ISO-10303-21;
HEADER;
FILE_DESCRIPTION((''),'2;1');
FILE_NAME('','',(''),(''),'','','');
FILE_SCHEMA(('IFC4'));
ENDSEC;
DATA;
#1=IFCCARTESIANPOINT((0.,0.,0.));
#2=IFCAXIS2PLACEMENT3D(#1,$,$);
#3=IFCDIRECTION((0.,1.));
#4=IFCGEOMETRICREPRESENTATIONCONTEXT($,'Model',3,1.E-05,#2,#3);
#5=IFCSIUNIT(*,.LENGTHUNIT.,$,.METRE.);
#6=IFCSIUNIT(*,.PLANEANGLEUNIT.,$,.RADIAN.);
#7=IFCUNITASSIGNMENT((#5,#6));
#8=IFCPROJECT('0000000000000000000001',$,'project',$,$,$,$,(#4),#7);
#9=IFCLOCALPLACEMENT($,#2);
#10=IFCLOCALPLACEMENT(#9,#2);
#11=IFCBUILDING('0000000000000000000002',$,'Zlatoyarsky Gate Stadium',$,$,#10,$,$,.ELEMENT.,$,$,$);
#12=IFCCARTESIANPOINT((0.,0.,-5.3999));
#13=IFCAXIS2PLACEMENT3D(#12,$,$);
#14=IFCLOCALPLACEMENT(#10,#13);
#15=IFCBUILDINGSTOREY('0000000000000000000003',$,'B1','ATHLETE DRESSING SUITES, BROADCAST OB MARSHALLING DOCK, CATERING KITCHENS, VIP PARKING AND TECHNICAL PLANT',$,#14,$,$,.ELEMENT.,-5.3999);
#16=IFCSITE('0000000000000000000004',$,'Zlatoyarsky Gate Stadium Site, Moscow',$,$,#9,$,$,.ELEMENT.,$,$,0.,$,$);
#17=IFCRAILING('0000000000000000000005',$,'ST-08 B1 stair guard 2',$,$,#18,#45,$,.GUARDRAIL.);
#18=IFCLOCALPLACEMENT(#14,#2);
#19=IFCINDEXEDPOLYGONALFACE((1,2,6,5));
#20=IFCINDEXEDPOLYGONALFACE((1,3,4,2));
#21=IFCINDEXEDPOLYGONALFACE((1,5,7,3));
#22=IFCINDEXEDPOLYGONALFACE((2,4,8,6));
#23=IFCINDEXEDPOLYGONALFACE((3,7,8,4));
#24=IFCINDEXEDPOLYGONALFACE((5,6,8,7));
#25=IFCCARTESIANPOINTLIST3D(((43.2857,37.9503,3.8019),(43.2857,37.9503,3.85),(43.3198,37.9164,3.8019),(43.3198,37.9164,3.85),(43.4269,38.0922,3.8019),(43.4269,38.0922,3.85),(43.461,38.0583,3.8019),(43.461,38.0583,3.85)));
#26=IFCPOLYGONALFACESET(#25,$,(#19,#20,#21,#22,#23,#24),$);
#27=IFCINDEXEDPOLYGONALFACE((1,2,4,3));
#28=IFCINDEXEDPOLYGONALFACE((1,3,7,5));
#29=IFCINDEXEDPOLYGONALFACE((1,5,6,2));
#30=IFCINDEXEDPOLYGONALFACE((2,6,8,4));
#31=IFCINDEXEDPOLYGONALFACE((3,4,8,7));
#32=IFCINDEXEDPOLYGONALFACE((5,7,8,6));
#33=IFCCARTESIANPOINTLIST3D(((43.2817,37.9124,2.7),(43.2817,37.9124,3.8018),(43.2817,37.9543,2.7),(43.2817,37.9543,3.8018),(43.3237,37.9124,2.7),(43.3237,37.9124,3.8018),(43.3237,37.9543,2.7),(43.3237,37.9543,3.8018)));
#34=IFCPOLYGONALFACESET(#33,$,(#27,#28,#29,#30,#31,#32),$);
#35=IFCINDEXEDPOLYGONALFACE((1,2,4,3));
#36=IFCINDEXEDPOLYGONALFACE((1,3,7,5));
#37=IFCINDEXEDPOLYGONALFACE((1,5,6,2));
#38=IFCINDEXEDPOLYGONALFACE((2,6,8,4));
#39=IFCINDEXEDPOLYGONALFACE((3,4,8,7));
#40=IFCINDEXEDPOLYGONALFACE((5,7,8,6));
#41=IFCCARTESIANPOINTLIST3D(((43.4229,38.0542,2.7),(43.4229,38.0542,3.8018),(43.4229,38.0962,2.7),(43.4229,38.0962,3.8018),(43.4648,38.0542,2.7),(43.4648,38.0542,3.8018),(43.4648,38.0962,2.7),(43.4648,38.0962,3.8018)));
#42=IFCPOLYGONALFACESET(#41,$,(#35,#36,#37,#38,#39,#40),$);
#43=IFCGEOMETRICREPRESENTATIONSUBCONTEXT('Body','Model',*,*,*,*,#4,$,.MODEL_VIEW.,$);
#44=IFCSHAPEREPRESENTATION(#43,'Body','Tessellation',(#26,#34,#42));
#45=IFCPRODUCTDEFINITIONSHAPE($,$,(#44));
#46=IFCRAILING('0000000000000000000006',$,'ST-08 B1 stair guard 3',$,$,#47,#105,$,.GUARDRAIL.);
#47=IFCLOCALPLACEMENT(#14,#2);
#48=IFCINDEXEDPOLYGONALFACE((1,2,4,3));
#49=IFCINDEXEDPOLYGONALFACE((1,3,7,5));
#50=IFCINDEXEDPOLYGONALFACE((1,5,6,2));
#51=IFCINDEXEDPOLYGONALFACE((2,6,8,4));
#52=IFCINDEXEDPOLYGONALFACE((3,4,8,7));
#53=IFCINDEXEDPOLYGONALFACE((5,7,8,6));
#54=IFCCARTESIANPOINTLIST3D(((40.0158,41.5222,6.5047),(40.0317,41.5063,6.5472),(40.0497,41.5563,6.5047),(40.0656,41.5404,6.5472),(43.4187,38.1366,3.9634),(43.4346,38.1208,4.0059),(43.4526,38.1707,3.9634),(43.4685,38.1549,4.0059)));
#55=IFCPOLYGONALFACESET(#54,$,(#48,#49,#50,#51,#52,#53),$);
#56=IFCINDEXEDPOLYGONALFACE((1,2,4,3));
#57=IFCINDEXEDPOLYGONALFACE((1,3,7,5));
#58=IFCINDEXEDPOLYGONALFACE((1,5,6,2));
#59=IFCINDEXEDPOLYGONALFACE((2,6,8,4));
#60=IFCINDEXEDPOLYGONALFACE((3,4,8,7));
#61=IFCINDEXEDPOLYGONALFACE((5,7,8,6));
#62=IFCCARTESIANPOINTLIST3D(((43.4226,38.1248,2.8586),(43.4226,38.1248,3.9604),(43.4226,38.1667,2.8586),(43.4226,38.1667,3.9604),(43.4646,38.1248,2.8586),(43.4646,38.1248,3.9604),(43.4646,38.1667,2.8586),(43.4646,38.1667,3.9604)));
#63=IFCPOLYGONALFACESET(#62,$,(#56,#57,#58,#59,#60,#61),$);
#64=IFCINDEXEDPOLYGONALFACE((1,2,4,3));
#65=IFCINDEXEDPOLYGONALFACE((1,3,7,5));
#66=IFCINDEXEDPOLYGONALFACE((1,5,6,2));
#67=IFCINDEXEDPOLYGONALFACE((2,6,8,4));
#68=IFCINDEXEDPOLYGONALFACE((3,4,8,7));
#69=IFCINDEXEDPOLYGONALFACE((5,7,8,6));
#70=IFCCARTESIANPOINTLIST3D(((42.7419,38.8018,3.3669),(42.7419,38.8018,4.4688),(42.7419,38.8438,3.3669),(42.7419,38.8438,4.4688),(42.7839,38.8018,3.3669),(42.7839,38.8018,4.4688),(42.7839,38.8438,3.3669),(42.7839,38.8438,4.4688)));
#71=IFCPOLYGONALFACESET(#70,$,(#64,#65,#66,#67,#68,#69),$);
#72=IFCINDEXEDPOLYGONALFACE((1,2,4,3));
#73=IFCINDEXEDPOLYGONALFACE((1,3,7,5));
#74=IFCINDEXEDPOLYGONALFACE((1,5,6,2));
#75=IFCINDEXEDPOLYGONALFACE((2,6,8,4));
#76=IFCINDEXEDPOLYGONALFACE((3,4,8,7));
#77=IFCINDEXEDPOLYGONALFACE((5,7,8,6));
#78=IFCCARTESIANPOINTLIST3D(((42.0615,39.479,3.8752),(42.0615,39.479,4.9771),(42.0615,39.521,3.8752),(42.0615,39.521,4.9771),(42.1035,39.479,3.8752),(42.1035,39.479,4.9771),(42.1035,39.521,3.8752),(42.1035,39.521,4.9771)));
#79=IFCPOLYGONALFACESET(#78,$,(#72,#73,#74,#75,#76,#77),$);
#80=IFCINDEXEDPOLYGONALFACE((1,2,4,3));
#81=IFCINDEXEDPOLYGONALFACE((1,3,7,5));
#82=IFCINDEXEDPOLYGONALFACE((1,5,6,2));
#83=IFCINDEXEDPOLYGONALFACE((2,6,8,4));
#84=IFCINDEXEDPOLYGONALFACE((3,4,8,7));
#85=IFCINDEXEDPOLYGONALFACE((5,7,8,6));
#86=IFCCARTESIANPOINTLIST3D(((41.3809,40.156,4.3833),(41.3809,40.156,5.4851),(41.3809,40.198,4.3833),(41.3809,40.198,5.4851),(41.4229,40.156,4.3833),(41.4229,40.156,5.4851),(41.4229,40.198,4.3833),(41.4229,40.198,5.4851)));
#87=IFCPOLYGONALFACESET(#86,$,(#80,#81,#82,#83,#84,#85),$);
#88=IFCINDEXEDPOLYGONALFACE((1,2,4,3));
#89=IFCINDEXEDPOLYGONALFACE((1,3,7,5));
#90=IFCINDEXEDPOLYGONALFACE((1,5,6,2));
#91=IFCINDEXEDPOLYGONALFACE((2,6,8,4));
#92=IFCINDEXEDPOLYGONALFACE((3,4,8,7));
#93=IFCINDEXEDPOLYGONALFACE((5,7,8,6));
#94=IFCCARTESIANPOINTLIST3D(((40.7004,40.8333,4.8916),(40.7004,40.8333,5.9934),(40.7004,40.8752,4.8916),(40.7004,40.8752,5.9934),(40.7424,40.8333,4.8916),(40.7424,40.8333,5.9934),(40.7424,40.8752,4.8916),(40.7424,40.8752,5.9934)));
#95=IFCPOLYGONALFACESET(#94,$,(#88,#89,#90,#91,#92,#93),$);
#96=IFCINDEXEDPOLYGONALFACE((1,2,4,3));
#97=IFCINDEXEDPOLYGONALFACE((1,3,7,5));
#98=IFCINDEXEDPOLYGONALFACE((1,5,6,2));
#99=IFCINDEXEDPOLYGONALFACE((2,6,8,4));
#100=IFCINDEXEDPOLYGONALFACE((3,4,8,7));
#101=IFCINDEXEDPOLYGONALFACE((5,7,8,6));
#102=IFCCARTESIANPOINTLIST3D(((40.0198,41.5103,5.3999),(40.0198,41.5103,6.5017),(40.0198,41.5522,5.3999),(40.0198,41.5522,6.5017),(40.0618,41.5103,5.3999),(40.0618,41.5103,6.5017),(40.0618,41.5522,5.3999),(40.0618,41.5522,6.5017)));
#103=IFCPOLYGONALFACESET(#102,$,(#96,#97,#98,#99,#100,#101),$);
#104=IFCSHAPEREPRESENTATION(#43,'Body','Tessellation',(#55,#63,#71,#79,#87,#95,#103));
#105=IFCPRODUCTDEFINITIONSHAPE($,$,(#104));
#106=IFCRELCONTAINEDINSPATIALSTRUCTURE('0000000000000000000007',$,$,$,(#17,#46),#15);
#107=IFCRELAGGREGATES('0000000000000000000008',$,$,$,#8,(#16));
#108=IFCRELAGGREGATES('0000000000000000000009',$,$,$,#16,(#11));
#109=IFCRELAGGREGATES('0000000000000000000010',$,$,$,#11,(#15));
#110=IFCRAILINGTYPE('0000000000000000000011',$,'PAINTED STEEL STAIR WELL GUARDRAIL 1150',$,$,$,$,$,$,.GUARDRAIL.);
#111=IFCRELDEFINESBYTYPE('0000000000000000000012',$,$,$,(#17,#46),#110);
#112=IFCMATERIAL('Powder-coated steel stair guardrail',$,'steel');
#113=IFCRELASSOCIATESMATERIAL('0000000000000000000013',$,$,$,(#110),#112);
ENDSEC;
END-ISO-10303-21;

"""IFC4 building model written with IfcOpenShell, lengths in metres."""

from ifc_helpers import new_model, si_unit, direction, frame, origin, origin_2d, place, context, subcontext, project, spatial, rectangle, extrude, material, type_object, element, save


model = new_model("IFC4")

# Units and contexts
model_context = context("Model", 3, precision=1e-05, world=origin(), true_north=direction((0.0, 1.0)))
body_context = subcontext(model_context, "Body", "Model", "MODEL_VIEW")
ifc_project = project(units=[si_unit("LENGTHUNIT", "METRE"), si_unit("PLANEANGLEUNIT", "RADIAN")], contexts=[model_context])

# Site, building, storey
site_placement = place(None, origin())
site = spatial("IfcSite", under=ifc_project, at=site_placement, Name="Zlatoyarsky Gate Stadium Site, Moscow", CompositionType="ELEMENT", RefElevation=0.0)
building_placement = place(site_placement, origin())
building = spatial("IfcBuilding", under=site, at=building_placement, Name="Zlatoyarsky Gate Stadium", CompositionType="ELEMENT")
storey_placement = place(building_placement, frame((0.0, 0.0, -5.3999)))
storey = spatial("IfcBuildingStorey", under=building, at=storey_placement, Name="B1", Description="ATHLETE DRESSING SUITES, BROADCAST OB MARSHALLING DOCK, CATERING KITCHENS, VIP PARKING AND TECHNICAL PLANT", CompositionType="ELEMENT", Elevation=-5.3999)

# Railings
ifc_material_1 = material(Name="Powder-coated steel stair guardrail", Category="steel")
railing_type = type_object("IfcRailingType", Name="PAINTED STEEL STAIR WELL GUARDRAIL 1150", PredefinedType="GUARDRAIL", material=ifc_material_1)
railing_1_placement = place(storey_placement, frame((43.3027, 37.9333, 2.7)))
element("IfcRailing", 1, at=railing_1_placement, inside=storey, type_object=railing_type, Name="ST-08 B1 stair guard 2", PredefinedType="GUARDRAIL", context=body_context, shape_type="SweptSolid", body=[
    extrude(rectangle(XDim=0.0481, YDim=0.0481, at=origin_2d()), frame((0.0, 0.0, 1.126), z_axis=(0.705274, 0.708935, 0.0), x_axis=(-0.708935, 0.705274, 0.0)), (0.0, 0.0, 1.0), 0.2002),
    extrude(rectangle(XDim=0.042, YDim=0.042, at=origin_2d()), origin(), (0.0, 0.0, 1.0), 1.1018),
    extrude(rectangle(XDim=0.042, YDim=0.042, at=origin_2d()), frame((0.1411, 0.1418, 0.0)), (0.0, 0.0, 1.0), 1.1018),
])
railing_2_placement = place(storey_placement, frame((43.4436, 38.1458, 2.8586)))
element("IfcRailing", 2, at=railing_2_placement, inside=storey, type_object=railing_type, Name="ST-08 B1 stair guard 3", PredefinedType="GUARDRAIL", context=body_context, shape_type="SweptSolid", body=[
    extrude(rectangle(XDim=0.0481, YDim=0.0481, at=origin_2d()), frame((0.0, 0.0, 1.126), z_axis=(-0.626524, 0.623333, 0.467893), x_axis=(-0.705299, -0.70891, 0.0)), (0.0, 0.0, 1.0), 5.4314),
    extrude(rectangle(XDim=0.042, YDim=0.042, at=origin_2d()), origin(), (0.0, 0.0, 1.0), 1.1018),
    extrude(rectangle(XDim=0.042, YDim=0.042, at=origin_2d()), frame((-0.6807, 0.677, 0.5083)), (0.0, 0.0, 1.0), 1.1018),
    extrude(rectangle(XDim=0.042, YDim=0.042, at=origin_2d()), frame((-1.3611, 1.3542, 1.0166)), (0.0, 0.0, 1.0), 1.1018),
    extrude(rectangle(XDim=0.042, YDim=0.042, at=origin_2d()), frame((-2.0417, 2.0312, 1.5247)), (0.0, 0.0, 1.0), 1.1018),
    extrude(rectangle(XDim=0.042, YDim=0.042, at=origin_2d()), frame((-2.7222, 2.7085, 2.033)), (0.0, 0.0, 1.0), 1.1018),
    extrude(rectangle(XDim=0.042, YDim=0.042, at=origin_2d()), frame((-3.4028, 3.3855, 2.5413)), (0.0, 0.0, 1.0), 1.1018),
])

save(model, "model.ifc")
